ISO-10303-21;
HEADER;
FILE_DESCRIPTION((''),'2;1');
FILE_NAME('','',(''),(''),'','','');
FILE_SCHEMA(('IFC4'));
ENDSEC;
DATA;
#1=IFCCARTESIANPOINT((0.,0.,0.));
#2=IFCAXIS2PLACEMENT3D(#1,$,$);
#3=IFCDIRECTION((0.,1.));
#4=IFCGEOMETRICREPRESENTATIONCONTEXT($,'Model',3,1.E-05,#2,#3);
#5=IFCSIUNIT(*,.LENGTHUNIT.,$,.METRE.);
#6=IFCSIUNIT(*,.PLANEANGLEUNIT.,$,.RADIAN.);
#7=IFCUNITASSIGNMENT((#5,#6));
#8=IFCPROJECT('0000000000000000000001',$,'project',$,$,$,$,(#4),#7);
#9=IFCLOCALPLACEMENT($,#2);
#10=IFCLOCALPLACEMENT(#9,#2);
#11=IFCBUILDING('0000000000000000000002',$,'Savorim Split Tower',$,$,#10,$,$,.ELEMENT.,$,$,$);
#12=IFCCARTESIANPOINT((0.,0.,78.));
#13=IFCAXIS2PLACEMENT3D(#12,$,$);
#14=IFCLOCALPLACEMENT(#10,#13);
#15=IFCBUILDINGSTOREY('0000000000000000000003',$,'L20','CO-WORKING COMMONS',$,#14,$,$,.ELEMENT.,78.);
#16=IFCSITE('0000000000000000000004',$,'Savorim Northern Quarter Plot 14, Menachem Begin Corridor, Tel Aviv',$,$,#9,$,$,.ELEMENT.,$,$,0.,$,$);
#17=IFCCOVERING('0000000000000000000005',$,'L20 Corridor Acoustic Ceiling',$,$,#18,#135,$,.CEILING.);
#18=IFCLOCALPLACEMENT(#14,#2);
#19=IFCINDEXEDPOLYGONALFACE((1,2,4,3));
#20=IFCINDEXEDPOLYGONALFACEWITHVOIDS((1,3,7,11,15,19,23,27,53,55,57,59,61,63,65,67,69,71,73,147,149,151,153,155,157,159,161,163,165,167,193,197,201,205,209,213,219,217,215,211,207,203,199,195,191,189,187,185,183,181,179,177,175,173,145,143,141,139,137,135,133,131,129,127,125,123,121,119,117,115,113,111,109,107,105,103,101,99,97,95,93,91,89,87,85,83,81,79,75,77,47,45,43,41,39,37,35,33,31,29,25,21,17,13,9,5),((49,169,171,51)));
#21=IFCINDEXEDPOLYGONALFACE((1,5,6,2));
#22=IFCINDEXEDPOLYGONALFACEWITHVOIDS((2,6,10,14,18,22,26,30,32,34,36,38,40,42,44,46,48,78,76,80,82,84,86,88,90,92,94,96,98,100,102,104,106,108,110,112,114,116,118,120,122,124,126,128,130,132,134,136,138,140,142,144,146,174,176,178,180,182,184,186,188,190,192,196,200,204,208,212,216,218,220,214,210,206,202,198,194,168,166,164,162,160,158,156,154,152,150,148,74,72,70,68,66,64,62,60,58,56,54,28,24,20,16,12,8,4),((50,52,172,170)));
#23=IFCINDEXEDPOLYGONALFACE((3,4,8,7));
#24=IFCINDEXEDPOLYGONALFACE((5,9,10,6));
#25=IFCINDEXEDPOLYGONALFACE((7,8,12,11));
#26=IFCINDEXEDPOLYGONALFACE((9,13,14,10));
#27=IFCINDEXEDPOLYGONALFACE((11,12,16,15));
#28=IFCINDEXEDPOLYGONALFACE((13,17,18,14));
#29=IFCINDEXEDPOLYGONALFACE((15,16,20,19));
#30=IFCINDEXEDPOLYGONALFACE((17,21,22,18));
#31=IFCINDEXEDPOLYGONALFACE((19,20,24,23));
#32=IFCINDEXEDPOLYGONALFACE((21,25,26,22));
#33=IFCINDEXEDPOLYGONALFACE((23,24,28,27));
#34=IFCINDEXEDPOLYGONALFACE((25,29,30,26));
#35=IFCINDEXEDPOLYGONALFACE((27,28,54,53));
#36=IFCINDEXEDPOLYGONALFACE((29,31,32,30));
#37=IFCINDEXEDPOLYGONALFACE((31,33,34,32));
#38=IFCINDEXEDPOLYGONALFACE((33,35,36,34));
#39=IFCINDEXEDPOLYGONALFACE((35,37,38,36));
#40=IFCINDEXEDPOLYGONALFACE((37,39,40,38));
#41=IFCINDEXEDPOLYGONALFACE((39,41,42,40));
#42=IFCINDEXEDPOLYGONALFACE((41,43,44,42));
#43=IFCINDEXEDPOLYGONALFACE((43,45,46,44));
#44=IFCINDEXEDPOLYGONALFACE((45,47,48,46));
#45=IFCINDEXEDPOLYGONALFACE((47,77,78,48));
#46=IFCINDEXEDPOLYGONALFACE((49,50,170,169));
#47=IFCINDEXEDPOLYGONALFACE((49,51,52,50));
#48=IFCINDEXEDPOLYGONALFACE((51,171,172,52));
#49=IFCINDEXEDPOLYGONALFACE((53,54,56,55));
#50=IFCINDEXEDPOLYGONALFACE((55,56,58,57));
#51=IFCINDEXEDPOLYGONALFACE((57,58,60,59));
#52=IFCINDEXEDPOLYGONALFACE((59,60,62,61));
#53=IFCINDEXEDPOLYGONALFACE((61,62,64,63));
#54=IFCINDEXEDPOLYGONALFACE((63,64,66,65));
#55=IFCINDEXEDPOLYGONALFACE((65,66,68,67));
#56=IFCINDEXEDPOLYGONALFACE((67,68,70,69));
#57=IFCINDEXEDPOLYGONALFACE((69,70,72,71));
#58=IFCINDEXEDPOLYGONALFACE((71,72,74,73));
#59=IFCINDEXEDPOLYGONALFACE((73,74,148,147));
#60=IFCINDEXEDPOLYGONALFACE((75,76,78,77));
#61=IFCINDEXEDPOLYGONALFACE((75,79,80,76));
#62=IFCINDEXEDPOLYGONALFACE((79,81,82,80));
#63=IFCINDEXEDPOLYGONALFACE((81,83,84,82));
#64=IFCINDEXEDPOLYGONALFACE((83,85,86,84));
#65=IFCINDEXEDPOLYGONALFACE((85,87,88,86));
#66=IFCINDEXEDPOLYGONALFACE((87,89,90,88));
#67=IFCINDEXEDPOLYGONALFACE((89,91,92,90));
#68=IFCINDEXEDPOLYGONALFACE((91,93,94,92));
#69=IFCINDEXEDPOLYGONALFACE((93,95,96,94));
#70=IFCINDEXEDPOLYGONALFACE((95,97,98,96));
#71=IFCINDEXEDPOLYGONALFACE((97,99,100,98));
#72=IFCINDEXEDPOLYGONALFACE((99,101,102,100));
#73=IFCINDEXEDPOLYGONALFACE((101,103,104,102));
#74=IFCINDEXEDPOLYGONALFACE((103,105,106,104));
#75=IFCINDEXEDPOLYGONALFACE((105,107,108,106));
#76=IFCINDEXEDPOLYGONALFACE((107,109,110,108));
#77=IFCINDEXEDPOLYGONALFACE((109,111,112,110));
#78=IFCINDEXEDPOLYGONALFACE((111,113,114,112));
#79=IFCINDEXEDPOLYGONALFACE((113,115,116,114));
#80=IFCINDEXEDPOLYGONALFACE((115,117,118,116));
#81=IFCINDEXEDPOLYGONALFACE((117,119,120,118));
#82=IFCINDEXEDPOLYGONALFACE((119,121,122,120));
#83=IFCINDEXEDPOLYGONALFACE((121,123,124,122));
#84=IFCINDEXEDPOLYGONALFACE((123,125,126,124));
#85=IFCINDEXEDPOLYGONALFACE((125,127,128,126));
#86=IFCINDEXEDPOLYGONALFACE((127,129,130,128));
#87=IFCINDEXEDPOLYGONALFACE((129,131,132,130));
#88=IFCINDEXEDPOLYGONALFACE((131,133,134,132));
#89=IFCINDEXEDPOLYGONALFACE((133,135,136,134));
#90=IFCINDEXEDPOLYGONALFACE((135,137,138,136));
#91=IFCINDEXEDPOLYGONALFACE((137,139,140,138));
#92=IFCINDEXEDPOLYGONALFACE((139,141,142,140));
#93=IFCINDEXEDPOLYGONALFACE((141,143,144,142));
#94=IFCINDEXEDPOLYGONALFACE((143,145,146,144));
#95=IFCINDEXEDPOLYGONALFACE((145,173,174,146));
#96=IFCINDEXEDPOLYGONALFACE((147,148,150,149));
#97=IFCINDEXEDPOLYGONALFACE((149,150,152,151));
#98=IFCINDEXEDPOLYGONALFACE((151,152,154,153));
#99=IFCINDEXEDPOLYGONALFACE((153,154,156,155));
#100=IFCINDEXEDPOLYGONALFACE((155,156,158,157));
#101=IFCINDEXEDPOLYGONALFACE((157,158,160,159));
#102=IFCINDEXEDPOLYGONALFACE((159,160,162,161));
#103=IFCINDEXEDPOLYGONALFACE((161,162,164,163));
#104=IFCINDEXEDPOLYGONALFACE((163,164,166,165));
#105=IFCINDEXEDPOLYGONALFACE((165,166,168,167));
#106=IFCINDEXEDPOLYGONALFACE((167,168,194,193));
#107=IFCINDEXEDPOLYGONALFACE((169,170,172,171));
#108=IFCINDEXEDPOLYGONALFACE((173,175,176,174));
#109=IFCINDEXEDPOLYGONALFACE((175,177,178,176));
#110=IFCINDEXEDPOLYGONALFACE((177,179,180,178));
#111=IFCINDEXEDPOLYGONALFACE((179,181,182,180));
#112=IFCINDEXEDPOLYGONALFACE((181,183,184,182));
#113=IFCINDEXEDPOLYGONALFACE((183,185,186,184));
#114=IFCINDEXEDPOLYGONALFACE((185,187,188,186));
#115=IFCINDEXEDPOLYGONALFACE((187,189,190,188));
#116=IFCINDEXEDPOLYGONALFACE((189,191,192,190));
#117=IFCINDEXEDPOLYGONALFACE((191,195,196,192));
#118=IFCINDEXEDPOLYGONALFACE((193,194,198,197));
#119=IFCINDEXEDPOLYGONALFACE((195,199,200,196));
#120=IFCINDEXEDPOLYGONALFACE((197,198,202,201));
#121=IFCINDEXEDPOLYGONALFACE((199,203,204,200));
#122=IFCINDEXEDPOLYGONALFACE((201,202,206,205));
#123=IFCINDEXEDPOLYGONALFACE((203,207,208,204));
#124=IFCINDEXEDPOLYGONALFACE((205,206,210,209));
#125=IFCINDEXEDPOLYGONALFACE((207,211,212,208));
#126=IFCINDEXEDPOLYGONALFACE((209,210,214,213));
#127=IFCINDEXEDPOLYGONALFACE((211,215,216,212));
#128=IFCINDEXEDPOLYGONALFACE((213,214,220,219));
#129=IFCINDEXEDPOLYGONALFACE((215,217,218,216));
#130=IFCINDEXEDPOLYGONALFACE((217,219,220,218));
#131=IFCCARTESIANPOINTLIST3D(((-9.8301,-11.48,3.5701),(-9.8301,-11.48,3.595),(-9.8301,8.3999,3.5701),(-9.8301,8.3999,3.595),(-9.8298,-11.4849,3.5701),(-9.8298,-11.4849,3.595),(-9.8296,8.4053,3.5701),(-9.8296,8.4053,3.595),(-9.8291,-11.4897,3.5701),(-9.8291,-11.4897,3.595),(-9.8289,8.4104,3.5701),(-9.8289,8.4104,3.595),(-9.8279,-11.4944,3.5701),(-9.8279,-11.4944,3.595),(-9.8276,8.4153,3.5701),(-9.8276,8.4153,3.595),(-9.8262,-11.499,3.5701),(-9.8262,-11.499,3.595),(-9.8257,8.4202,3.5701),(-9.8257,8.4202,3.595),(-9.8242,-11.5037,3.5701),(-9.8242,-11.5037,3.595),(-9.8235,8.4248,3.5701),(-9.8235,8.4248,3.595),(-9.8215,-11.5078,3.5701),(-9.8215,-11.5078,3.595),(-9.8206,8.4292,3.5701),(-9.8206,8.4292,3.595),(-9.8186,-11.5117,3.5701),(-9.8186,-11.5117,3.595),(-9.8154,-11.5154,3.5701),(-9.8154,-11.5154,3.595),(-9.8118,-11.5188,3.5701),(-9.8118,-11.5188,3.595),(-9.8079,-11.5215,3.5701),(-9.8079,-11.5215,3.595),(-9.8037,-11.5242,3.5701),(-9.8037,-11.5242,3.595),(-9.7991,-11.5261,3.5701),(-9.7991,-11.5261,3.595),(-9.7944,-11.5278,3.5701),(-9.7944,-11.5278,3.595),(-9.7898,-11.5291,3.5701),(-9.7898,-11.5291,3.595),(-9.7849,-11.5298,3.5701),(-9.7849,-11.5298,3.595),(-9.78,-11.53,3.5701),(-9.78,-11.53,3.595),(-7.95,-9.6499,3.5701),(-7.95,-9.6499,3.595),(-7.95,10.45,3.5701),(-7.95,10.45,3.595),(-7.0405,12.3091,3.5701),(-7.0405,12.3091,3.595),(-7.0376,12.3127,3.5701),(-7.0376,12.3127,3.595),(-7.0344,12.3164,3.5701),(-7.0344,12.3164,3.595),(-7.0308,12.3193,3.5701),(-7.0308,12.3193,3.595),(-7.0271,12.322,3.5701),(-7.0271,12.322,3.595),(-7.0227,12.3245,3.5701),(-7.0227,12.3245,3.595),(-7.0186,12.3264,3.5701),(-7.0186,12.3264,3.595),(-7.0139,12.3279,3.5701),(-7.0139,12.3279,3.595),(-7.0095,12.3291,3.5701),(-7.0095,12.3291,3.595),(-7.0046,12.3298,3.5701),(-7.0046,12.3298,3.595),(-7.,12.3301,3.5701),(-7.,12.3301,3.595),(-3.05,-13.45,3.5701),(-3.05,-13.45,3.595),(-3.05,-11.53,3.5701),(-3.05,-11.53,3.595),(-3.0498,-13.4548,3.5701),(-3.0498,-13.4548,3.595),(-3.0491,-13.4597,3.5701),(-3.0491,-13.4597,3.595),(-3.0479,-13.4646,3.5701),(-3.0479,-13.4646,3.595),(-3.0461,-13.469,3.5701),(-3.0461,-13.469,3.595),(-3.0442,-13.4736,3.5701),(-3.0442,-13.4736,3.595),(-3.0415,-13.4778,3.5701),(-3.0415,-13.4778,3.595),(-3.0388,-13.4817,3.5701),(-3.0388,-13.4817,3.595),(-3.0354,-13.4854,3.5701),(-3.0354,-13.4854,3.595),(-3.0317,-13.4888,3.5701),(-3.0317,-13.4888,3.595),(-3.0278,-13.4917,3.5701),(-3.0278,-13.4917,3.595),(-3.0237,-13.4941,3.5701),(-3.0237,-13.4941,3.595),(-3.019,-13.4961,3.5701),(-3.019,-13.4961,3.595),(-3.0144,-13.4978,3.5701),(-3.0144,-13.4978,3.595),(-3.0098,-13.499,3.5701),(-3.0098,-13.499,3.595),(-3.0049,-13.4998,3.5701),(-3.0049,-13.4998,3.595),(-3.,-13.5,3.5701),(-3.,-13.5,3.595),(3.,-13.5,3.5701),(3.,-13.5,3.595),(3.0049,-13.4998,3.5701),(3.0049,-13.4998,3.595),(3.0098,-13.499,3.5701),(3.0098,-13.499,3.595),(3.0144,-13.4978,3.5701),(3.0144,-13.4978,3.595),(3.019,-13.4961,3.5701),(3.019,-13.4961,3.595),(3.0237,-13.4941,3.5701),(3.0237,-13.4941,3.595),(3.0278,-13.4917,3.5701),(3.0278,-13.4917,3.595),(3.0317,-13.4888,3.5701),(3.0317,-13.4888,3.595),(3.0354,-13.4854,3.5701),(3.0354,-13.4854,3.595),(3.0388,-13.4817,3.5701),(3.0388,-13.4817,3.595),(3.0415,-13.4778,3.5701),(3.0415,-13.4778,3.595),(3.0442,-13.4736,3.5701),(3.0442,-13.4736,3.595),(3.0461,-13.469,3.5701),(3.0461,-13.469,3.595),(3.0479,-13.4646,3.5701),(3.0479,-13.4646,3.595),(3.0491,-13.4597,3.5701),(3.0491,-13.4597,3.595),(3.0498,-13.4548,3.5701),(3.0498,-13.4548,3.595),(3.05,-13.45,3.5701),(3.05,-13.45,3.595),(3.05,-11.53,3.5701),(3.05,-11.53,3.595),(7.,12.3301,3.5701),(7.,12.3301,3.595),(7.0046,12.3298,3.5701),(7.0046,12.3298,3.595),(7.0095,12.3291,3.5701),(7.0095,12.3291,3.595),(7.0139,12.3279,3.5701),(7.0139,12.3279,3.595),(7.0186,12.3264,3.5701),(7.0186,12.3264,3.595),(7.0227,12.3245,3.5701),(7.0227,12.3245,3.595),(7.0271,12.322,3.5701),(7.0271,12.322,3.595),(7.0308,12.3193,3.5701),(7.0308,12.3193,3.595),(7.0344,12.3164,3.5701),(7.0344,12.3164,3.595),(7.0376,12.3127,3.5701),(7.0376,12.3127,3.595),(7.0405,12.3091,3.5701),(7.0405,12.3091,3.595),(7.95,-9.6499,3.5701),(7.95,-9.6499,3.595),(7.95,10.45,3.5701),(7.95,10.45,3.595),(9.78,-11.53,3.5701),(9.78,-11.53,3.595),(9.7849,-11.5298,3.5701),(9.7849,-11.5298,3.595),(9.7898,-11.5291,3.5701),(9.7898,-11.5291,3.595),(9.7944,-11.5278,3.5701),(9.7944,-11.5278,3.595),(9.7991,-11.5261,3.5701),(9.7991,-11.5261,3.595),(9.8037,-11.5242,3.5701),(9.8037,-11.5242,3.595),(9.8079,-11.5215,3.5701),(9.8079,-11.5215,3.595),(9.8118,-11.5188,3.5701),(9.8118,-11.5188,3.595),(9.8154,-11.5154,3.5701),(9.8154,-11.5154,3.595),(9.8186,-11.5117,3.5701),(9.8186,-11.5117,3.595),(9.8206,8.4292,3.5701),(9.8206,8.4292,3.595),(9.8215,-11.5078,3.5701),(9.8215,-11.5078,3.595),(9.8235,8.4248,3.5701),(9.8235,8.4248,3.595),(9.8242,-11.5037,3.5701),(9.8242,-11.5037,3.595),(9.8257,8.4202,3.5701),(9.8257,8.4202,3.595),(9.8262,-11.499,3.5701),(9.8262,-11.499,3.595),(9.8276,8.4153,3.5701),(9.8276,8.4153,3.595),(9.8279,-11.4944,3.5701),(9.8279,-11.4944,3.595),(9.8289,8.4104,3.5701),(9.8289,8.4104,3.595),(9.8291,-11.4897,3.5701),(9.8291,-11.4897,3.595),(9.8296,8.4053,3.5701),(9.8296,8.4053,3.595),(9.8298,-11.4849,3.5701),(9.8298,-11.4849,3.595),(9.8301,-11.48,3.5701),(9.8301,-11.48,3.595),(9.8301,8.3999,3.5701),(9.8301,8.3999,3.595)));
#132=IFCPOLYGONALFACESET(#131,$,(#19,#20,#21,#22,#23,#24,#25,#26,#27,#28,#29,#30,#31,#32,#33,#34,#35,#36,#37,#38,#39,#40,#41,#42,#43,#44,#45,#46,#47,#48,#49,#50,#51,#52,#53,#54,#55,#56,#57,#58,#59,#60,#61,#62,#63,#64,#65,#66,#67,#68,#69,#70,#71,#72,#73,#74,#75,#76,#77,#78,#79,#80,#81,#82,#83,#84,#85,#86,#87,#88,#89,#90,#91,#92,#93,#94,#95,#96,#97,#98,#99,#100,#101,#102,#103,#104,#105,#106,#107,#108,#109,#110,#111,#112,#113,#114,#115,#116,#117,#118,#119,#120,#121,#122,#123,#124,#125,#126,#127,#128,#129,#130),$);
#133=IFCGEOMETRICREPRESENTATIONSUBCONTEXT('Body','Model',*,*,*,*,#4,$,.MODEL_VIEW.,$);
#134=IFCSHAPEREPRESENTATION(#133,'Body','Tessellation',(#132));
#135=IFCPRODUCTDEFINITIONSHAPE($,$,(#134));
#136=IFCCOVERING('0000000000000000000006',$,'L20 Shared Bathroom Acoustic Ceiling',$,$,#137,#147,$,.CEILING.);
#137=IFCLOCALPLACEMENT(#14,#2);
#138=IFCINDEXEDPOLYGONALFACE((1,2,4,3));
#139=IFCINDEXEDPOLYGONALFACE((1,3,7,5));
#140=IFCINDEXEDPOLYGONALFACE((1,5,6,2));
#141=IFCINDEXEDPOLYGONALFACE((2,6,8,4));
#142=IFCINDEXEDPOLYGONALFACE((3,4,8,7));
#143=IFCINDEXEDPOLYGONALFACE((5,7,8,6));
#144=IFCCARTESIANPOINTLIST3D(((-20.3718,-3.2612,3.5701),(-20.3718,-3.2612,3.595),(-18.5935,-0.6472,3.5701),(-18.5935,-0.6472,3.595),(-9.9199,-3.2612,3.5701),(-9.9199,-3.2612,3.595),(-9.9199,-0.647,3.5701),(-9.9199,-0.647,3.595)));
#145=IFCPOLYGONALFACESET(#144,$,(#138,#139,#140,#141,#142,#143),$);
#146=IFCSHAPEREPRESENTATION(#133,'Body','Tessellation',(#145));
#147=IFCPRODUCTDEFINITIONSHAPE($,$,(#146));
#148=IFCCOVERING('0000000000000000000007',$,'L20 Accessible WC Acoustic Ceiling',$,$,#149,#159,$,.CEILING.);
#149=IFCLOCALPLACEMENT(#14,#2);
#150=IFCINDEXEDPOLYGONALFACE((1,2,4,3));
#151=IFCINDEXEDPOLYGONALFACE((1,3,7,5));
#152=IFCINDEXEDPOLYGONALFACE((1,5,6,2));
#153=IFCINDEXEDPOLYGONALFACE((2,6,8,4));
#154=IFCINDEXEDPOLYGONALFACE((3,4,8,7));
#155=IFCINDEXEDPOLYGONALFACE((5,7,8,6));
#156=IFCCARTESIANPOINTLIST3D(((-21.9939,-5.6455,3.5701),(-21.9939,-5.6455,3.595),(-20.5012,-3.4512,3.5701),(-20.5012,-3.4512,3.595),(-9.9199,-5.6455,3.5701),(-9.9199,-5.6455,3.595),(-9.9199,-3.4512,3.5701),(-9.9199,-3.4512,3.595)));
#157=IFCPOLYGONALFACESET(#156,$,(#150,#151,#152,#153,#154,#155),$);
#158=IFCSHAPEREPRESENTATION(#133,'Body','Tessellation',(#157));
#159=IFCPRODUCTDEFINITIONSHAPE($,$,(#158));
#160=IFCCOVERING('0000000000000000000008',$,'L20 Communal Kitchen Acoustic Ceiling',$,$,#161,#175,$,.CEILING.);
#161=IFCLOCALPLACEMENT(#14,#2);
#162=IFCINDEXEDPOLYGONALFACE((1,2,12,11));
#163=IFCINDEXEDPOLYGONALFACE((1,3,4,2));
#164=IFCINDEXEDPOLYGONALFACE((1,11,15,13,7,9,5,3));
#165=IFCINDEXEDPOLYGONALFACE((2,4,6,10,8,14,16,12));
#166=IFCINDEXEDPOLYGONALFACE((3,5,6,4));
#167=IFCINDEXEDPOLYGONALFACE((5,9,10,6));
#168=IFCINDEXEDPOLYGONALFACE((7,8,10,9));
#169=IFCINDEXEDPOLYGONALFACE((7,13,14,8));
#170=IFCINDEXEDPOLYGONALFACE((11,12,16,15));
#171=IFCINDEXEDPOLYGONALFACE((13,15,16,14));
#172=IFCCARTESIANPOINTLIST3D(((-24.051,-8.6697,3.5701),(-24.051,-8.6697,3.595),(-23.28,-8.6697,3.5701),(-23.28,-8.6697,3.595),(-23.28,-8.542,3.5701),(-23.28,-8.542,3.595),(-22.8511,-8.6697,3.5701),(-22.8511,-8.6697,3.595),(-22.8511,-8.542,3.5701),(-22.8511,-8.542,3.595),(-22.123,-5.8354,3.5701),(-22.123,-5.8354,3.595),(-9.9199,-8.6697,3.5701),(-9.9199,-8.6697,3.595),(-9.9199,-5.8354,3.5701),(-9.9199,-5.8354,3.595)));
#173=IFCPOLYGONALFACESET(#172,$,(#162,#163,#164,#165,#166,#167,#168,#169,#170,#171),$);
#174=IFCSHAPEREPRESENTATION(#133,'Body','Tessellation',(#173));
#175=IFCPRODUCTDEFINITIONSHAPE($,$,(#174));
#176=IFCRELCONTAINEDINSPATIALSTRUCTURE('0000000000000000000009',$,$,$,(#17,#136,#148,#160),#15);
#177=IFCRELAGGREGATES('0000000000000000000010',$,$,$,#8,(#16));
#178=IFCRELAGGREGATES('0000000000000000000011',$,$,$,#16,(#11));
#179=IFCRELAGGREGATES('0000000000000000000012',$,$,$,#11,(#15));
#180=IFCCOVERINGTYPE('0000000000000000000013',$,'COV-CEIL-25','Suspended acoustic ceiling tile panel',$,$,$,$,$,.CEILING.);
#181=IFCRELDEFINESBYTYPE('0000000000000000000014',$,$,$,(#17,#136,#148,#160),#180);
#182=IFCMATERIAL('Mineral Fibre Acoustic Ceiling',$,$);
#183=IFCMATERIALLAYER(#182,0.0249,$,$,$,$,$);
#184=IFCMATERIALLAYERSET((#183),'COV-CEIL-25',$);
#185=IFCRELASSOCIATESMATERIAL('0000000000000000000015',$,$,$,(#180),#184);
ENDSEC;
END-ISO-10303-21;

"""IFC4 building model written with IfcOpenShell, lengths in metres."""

from ifc_helpers import new_model, si_unit, direction, frame, origin, place, context, subcontext, project, spatial, polyline, outline, extrude, material, layer, layer_set, type_object, element, save


model = new_model("IFC4")

# Units and contexts
model_context = context("Model", 3, precision=1e-05, world=origin(), true_north=direction((0.0, 1.0)))
body_context = subcontext(model_context, "Body", "Model", "MODEL_VIEW")
ifc_project = project(units=[si_unit("LENGTHUNIT", "METRE"), si_unit("PLANEANGLEUNIT", "RADIAN")], contexts=[model_context])

# Site, building, storey
site_placement = place(None, origin())
site = spatial("IfcSite", under=ifc_project, at=site_placement, Name="Savorim Northern Quarter Plot 14, Menachem Begin Corridor, Tel Aviv", CompositionType="ELEMENT", RefElevation=0.0)
building_placement = place(site_placement, origin())
building = spatial("IfcBuilding", under=site, at=building_placement, Name="Savorim Split Tower", CompositionType="ELEMENT")
storey_placement = place(building_placement, frame((0.0, 0.0, 78.0)))
storey = spatial("IfcBuildingStorey", under=building, at=storey_placement, Name="L20", Description="CO-WORKING COMMONS", CompositionType="ELEMENT", Elevation=78.0)

# Coverings
ifc_material_1 = material(Name="Mineral Fibre Acoustic Ceiling")
ifc_layer_1 = layer(ifc_material_1, 0.0249)
ifc_layer_set_1 = layer_set([ifc_layer_1], Name="COV-CEIL-25")
covering_type_1 = type_object("IfcCoveringType", Name="COV-CEIL-25", Description="Suspended acoustic ceiling tile panel", PredefinedType="CEILING", material=ifc_layer_set_1)
covering_1_placement = place(storey_placement, frame((0.0, 0.0, 3.5701)))
element("IfcCovering", 1, at=covering_1_placement, inside=storey, type_object=covering_type_1, Name="L20 Corridor Acoustic Ceiling", PredefinedType="CEILING", context=body_context, shape_type="SweptSolid", body=[
    extrude(outline(polyline([(7.0095, 12.3291), (7.0046, 12.3298), (7.0, 12.3301), (-7.0, 12.3301), (-7.0046, 12.3298), (-7.0095, 12.3291), (-7.0139, 12.3279), (-7.0186, 12.3264), (-7.0227, 12.3245), (-7.0271, 12.322), (-7.0308, 12.3193), (-7.0344, 12.3164), (-7.0376, 12.3127), (-7.0405, 12.3091), (-9.8206, 8.4292), (-9.8235, 8.4248), (-9.8257, 8.4202), (-9.8276, 8.4153), (-9.8289, 8.4104), (-9.8296, 8.4053), (-9.8301, 8.3999), (-9.8301, -11.48), (-9.8298, -11.4849), (-9.8291, -11.4897), (-9.8279, -11.4944), (-9.8262, -11.499), (-9.8242, -11.5037), (-9.8215, -11.5078), (-9.8186, -11.5117), (-9.8154, -11.5154), (-9.8118, -11.5188), (-9.8079, -11.5215), (-9.8037, -11.5242), (-9.7991, -11.5261), (-9.7944, -11.5278), (-9.7898, -11.5291), (-9.7849, -11.5298), (-9.78, -11.53), (-3.05, -11.53), (-3.05, -13.45), (-3.0498, -13.4548), (-3.0491, -13.4597), (-3.0479, -13.4646), (-3.0461, -13.469), (-3.0442, -13.4736), (-3.0415, -13.4778), (-3.0388, -13.4817), (-3.0354, -13.4854), (-3.0317, -13.4888), (-3.0278, -13.4917), (-3.0237, -13.4941), (-3.019, -13.4961), (-3.0144, -13.4978), (-3.0098, -13.499), (-3.0049, -13.4998), (-3.0, -13.5), (3.0, -13.5), (3.0049, -13.4998), (3.0098, -13.499), (3.0144, -13.4978), (3.019, -13.4961), (3.0237, -13.4941), (3.0278, -13.4917), (3.0317, -13.4888), (3.0354, -13.4854), (3.0388, -13.4817), (3.0415, -13.4778), (3.0442, -13.4736), (3.0461, -13.469), (3.0479, -13.4646), (3.0491, -13.4597), (3.0498, -13.4548), (3.05, -13.45), (3.05, -11.53), (9.78, -11.53), (9.7849, -11.5298), (9.7898, -11.5291), (9.7944, -11.5278), (9.7991, -11.5261), (9.8037, -11.5242), (9.8079, -11.5215), (9.8118, -11.5188), (9.8154, -11.5154), (9.8186, -11.5117), (9.8215, -11.5078), (9.8242, -11.5037), (9.8262, -11.499), (9.8279, -11.4944), (9.8291, -11.4897), (9.8298, -11.4849), (9.8301, -11.48), (9.8301, 8.3999), (9.8296, 8.4053), (9.8289, 8.4104), (9.8276, 8.4153), (9.8257, 8.4202), (9.8235, 8.4248), (9.8206, 8.4292), (7.0405, 12.3091), (7.0376, 12.3127), (7.0344, 12.3164), (7.0308, 12.3193), (7.0271, 12.322), (7.0227, 12.3245), (7.0186, 12.3264), (7.0139, 12.3279), (7.0095, 12.3291)]), holes=[polyline([(-7.95, 10.45), (-7.95, -9.6499), (7.95, -9.6499), (7.95, 10.45), (-7.95, 10.45)])]), origin(), (0.0, 0.0, 1.0), 0.0249),
])
covering_2_placement = place(storey_placement, frame((0.0, 0.0, 3.5701)))
element("IfcCovering", 2, at=covering_2_placement, inside=storey, type_object=covering_type_1, Name="L20 Shared Bathroom Acoustic Ceiling", PredefinedType="CEILING", context=body_context, shape_type="SweptSolid", body=[
    extrude(outline(polyline([(-18.5935, -0.6472), (-20.3718, -3.2612), (-9.9199, -3.2612), (-9.9199, -0.647), (-18.5935, -0.6472)])), origin(), (0.0, 0.0, 1.0), 0.0249),
])
covering_3_placement = place(storey_placement, frame((0.0, 0.0, 3.5701)))
element("IfcCovering", 3, at=covering_3_placement, inside=storey, type_object=covering_type_1, Name="L20 Accessible WC Acoustic Ceiling", PredefinedType="CEILING", context=body_context, shape_type="SweptSolid", body=[
    extrude(outline(polyline([(-20.5012, -3.4512), (-21.9939, -5.6455), (-9.9199, -5.6455), (-9.9199, -3.4512), (-20.5012, -3.4512)])), origin(), (0.0, 0.0, 1.0), 0.0249),
])
covering_4_placement = place(storey_placement, frame((0.0, 0.0, 3.5701)))
element("IfcCovering", 4, at=covering_4_placement, inside=storey, type_object=covering_type_1, Name="L20 Communal Kitchen Acoustic Ceiling", PredefinedType="CEILING", context=body_context, shape_type="SweptSolid", body=[
    extrude(outline(polyline([(-22.8511, -8.542), (-22.8511, -8.6697), (-9.9199, -8.6697), (-9.9199, -5.8354), (-22.123, -5.8354), (-24.051, -8.6697), (-23.28, -8.6697), (-23.28, -8.542), (-22.8511, -8.542)])), origin(), (0.0, 0.0, 1.0), 0.0249),
])

save(model, "model.ifc")
